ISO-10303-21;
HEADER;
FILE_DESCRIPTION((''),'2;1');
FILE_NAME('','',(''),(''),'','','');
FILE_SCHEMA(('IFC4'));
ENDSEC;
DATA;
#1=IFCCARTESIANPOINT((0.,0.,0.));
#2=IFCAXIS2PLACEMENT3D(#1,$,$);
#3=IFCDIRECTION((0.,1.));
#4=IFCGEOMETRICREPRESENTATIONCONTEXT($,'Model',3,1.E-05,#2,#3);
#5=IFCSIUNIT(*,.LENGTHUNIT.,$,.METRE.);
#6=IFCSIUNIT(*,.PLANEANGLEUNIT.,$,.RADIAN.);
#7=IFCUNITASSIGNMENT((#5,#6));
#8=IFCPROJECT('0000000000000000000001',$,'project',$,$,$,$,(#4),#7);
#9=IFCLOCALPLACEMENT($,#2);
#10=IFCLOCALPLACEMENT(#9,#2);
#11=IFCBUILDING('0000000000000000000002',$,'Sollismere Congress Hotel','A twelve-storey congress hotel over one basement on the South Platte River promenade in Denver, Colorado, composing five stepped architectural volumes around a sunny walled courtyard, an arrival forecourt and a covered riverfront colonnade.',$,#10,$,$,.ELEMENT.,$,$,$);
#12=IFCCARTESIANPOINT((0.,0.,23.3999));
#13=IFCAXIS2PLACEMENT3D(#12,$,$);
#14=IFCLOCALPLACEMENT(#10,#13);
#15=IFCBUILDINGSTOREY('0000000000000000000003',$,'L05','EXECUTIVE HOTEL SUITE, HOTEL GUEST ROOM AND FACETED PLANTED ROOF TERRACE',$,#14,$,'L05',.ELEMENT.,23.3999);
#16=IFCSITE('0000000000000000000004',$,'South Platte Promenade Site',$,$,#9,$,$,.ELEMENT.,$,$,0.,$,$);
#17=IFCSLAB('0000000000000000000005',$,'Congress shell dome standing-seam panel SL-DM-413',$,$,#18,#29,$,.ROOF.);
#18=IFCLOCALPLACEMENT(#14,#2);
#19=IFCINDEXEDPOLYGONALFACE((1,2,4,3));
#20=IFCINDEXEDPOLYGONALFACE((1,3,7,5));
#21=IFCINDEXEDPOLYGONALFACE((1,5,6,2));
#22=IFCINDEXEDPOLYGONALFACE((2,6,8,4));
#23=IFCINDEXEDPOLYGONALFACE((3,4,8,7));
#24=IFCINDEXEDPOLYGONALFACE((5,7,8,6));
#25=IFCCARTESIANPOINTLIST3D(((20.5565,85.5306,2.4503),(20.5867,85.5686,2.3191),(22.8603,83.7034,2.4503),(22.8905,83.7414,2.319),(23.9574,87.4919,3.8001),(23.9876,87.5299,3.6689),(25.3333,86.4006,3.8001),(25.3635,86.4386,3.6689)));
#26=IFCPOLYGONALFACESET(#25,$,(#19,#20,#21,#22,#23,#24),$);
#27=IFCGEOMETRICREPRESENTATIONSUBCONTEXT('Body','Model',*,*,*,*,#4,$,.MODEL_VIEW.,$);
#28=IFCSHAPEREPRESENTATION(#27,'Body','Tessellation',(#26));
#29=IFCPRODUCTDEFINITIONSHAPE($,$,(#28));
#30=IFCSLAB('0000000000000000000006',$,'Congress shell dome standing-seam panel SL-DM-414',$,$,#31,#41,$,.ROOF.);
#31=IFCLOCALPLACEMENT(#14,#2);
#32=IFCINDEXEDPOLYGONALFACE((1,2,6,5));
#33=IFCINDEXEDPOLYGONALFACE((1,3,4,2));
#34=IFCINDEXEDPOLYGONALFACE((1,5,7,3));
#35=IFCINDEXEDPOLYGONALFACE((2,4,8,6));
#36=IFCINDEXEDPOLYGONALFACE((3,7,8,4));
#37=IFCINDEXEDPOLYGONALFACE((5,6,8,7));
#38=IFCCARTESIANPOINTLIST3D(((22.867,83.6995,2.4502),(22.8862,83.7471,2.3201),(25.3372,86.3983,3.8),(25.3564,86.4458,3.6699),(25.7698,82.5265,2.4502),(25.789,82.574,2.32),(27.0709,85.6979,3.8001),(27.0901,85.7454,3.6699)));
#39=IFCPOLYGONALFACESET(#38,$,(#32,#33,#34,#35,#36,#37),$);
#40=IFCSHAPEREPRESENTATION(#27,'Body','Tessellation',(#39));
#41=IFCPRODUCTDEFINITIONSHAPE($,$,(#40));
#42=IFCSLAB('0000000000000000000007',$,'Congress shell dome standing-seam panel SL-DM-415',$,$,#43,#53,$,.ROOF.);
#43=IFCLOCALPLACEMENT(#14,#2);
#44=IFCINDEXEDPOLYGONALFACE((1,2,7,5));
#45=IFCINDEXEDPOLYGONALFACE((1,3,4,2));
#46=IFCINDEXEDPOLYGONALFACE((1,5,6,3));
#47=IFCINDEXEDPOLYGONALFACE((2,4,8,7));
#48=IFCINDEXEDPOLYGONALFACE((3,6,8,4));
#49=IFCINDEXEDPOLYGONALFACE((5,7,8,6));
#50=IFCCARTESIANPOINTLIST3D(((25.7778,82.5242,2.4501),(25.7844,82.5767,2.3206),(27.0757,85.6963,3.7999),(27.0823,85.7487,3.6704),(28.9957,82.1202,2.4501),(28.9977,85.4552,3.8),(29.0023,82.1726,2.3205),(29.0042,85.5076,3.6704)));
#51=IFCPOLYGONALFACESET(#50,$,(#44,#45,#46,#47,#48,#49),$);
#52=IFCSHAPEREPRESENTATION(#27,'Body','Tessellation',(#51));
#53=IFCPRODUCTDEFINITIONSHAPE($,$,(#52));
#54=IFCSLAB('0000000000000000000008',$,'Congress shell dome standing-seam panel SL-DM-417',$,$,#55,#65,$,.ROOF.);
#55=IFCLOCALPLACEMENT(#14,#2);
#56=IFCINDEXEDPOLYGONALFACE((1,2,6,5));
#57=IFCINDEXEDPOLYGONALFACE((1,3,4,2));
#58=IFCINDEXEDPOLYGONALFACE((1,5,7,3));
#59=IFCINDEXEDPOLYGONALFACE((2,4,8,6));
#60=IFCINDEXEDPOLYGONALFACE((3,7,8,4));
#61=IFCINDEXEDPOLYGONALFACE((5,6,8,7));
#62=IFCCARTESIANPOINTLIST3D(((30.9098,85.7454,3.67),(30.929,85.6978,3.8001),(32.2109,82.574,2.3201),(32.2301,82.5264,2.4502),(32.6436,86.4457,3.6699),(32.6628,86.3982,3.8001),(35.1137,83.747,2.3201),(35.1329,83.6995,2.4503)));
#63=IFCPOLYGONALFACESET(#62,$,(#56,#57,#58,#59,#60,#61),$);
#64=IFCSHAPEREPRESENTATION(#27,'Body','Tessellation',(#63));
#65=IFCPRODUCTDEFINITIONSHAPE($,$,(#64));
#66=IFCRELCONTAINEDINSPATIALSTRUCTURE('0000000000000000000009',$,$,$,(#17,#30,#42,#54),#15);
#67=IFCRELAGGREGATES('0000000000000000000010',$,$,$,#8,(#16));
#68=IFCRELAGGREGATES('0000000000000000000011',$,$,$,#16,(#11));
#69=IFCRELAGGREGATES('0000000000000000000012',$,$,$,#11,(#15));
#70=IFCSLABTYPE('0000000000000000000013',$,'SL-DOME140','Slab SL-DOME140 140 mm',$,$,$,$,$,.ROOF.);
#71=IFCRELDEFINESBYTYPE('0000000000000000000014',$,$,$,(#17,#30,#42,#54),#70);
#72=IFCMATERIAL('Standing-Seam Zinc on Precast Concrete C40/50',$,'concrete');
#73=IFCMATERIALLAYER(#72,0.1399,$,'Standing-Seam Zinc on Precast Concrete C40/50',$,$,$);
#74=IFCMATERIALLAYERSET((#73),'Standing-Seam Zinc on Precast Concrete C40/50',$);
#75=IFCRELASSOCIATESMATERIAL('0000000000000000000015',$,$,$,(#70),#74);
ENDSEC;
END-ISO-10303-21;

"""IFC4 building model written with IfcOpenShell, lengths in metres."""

from ifc_helpers import new_model, si_unit, direction, frame, origin, place, context, subcontext, project, spatial, polyline, outline, extrude, material, layer, layer_set, type_object, element, save


model = new_model("IFC4")

# Units and contexts
model_context = context("Model", 3, precision=1e-05, world=origin(), true_north=direction((0.0, 1.0)))
body_context = subcontext(model_context, "Body", "Model", "MODEL_VIEW")
ifc_project = project(units=[si_unit("LENGTHUNIT", "METRE"), si_unit("PLANEANGLEUNIT", "RADIAN")], contexts=[model_context])

# Site, building, storey
site_placement = place(None, origin())
site = spatial("IfcSite", under=ifc_project, at=site_placement, Name="South Platte Promenade Site", CompositionType="ELEMENT", RefElevation=0.0)
building_placement = place(site_placement, origin())
building = spatial("IfcBuilding", under=site, at=building_placement, Name="Sollismere Congress Hotel", Description="A twelve-storey congress hotel over one basement on the South Platte River promenade in Denver, Colorado, composing five stepped architectural volumes around a sunny walled courtyard, an arrival forecourt and a covered riverfront colonnade.", CompositionType="ELEMENT")
storey_placement = place(building_placement, frame((0.0, 0.0, 23.3999)))
storey = spatial("IfcBuildingStorey", under=building, at=storey_placement, Name="L05", Description="EXECUTIVE HOTEL SUITE, HOTEL GUEST ROOM AND FACETED PLANTED ROOF TERRACE", LongName="L05", CompositionType="ELEMENT", Elevation=23.3999)

# Slabs
ifc_material_1 = material(Name="Standing-Seam Zinc on Precast Concrete C40/50", Category="concrete")
ifc_layer_1 = layer(ifc_material_1, 0.1399, Name="Standing-Seam Zinc on Precast Concrete C40/50")
ifc_layer_set_1 = layer_set([ifc_layer_1], Name="Standing-Seam Zinc on Precast Concrete C40/50")
slab_type = type_object("IfcSlabType", Name="SL-DOME140", Description="Slab SL-DOME140 140 mm", PredefinedType="ROOF", material=ifc_layer_set_1)
slab_1_placement = place(storey_placement, frame((20.5867, 85.5686, 2.3191), z_axis=(-0.215533, -0.271774, 0.937915), x_axis=(0.78349, -0.621405, -0.000015)))
element("IfcSlab", 1, at=slab_1_placement, inside=storey, type_object=slab_type, Name="Congress shell dome standing-seam panel SL-DM-413", PredefinedType="ROOF", context=body_context, shape_type="SweptSolid", body=[
    extrude(outline(polyline([(0.0, 0.0), (2.9404, 0.0), (3.2019, 3.8916), (1.4458, 3.8916), (0.0, 0.0)])), origin(), (0.0, 0.0, 1.0), 0.1399),
])
slab_2_placement = place(storey_placement, frame((22.8862, 83.7471, 2.3201), z_axis=(-0.137279, -0.339727, 0.930452), x_axis=(0.927155, -0.374678, -0.00001)))
element("IfcSlab", 2, at=slab_2_placement, inside=storey, type_object=slab_type, Name="Congress shell dome standing-seam panel SL-DM-414", PredefinedType="ROOF", context=body_context, shape_type="SweptSolid", body=[
    extrude(outline(polyline([(0.0, 0.0), (3.1309, 0.0), (3.1489, 3.6841), (1.2791, 3.6838), (0.0, 0.0)])), origin(), (0.0, 0.0, 1.0), 0.1399),
])
slab_3_placement = place(storey_placement, frame((25.7844, 82.5767, 2.3206), z_axis=(-0.047047, -0.37476, 0.925927), x_axis=(0.99221, -0.124579, -0.000007)))
element("IfcSlab", 3, at=slab_3_placement, inside=storey, type_object=slab_type, Name="Congress shell dome standing-seam panel SL-DM-415", PredefinedType="ROOF", context=body_context, shape_type="SweptSolid", body=[
    extrude(outline(polyline([(0.0, 0.0), (3.2432, 0.0), (2.8296, 3.574), (0.8926, 3.5737), (0.0, 0.0)])), origin(), (0.0, 0.0, 1.0), 0.1399),
])
slab_4_placement = place(storey_placement, frame((32.2109, 82.574, 2.3201), z_axis=(0.137279, -0.339727, 0.930452), x_axis=(0.927155, 0.374678, 0.00001)))
element("IfcSlab", 4, at=slab_4_placement, inside=storey, type_object=slab_type, Name="Congress shell dome standing-seam panel SL-DM-417", PredefinedType="ROOF", context=body_context, shape_type="SweptSolid", body=[
    extrude(outline(polyline([(0.0, 0.0), (3.1309, 0.0), (1.8518, 3.6838), (-0.0181, 3.6841), (0.0, 0.0)])), origin(), (0.0, 0.0, 1.0), 0.1399),
])

save(model, "model.ifc")
